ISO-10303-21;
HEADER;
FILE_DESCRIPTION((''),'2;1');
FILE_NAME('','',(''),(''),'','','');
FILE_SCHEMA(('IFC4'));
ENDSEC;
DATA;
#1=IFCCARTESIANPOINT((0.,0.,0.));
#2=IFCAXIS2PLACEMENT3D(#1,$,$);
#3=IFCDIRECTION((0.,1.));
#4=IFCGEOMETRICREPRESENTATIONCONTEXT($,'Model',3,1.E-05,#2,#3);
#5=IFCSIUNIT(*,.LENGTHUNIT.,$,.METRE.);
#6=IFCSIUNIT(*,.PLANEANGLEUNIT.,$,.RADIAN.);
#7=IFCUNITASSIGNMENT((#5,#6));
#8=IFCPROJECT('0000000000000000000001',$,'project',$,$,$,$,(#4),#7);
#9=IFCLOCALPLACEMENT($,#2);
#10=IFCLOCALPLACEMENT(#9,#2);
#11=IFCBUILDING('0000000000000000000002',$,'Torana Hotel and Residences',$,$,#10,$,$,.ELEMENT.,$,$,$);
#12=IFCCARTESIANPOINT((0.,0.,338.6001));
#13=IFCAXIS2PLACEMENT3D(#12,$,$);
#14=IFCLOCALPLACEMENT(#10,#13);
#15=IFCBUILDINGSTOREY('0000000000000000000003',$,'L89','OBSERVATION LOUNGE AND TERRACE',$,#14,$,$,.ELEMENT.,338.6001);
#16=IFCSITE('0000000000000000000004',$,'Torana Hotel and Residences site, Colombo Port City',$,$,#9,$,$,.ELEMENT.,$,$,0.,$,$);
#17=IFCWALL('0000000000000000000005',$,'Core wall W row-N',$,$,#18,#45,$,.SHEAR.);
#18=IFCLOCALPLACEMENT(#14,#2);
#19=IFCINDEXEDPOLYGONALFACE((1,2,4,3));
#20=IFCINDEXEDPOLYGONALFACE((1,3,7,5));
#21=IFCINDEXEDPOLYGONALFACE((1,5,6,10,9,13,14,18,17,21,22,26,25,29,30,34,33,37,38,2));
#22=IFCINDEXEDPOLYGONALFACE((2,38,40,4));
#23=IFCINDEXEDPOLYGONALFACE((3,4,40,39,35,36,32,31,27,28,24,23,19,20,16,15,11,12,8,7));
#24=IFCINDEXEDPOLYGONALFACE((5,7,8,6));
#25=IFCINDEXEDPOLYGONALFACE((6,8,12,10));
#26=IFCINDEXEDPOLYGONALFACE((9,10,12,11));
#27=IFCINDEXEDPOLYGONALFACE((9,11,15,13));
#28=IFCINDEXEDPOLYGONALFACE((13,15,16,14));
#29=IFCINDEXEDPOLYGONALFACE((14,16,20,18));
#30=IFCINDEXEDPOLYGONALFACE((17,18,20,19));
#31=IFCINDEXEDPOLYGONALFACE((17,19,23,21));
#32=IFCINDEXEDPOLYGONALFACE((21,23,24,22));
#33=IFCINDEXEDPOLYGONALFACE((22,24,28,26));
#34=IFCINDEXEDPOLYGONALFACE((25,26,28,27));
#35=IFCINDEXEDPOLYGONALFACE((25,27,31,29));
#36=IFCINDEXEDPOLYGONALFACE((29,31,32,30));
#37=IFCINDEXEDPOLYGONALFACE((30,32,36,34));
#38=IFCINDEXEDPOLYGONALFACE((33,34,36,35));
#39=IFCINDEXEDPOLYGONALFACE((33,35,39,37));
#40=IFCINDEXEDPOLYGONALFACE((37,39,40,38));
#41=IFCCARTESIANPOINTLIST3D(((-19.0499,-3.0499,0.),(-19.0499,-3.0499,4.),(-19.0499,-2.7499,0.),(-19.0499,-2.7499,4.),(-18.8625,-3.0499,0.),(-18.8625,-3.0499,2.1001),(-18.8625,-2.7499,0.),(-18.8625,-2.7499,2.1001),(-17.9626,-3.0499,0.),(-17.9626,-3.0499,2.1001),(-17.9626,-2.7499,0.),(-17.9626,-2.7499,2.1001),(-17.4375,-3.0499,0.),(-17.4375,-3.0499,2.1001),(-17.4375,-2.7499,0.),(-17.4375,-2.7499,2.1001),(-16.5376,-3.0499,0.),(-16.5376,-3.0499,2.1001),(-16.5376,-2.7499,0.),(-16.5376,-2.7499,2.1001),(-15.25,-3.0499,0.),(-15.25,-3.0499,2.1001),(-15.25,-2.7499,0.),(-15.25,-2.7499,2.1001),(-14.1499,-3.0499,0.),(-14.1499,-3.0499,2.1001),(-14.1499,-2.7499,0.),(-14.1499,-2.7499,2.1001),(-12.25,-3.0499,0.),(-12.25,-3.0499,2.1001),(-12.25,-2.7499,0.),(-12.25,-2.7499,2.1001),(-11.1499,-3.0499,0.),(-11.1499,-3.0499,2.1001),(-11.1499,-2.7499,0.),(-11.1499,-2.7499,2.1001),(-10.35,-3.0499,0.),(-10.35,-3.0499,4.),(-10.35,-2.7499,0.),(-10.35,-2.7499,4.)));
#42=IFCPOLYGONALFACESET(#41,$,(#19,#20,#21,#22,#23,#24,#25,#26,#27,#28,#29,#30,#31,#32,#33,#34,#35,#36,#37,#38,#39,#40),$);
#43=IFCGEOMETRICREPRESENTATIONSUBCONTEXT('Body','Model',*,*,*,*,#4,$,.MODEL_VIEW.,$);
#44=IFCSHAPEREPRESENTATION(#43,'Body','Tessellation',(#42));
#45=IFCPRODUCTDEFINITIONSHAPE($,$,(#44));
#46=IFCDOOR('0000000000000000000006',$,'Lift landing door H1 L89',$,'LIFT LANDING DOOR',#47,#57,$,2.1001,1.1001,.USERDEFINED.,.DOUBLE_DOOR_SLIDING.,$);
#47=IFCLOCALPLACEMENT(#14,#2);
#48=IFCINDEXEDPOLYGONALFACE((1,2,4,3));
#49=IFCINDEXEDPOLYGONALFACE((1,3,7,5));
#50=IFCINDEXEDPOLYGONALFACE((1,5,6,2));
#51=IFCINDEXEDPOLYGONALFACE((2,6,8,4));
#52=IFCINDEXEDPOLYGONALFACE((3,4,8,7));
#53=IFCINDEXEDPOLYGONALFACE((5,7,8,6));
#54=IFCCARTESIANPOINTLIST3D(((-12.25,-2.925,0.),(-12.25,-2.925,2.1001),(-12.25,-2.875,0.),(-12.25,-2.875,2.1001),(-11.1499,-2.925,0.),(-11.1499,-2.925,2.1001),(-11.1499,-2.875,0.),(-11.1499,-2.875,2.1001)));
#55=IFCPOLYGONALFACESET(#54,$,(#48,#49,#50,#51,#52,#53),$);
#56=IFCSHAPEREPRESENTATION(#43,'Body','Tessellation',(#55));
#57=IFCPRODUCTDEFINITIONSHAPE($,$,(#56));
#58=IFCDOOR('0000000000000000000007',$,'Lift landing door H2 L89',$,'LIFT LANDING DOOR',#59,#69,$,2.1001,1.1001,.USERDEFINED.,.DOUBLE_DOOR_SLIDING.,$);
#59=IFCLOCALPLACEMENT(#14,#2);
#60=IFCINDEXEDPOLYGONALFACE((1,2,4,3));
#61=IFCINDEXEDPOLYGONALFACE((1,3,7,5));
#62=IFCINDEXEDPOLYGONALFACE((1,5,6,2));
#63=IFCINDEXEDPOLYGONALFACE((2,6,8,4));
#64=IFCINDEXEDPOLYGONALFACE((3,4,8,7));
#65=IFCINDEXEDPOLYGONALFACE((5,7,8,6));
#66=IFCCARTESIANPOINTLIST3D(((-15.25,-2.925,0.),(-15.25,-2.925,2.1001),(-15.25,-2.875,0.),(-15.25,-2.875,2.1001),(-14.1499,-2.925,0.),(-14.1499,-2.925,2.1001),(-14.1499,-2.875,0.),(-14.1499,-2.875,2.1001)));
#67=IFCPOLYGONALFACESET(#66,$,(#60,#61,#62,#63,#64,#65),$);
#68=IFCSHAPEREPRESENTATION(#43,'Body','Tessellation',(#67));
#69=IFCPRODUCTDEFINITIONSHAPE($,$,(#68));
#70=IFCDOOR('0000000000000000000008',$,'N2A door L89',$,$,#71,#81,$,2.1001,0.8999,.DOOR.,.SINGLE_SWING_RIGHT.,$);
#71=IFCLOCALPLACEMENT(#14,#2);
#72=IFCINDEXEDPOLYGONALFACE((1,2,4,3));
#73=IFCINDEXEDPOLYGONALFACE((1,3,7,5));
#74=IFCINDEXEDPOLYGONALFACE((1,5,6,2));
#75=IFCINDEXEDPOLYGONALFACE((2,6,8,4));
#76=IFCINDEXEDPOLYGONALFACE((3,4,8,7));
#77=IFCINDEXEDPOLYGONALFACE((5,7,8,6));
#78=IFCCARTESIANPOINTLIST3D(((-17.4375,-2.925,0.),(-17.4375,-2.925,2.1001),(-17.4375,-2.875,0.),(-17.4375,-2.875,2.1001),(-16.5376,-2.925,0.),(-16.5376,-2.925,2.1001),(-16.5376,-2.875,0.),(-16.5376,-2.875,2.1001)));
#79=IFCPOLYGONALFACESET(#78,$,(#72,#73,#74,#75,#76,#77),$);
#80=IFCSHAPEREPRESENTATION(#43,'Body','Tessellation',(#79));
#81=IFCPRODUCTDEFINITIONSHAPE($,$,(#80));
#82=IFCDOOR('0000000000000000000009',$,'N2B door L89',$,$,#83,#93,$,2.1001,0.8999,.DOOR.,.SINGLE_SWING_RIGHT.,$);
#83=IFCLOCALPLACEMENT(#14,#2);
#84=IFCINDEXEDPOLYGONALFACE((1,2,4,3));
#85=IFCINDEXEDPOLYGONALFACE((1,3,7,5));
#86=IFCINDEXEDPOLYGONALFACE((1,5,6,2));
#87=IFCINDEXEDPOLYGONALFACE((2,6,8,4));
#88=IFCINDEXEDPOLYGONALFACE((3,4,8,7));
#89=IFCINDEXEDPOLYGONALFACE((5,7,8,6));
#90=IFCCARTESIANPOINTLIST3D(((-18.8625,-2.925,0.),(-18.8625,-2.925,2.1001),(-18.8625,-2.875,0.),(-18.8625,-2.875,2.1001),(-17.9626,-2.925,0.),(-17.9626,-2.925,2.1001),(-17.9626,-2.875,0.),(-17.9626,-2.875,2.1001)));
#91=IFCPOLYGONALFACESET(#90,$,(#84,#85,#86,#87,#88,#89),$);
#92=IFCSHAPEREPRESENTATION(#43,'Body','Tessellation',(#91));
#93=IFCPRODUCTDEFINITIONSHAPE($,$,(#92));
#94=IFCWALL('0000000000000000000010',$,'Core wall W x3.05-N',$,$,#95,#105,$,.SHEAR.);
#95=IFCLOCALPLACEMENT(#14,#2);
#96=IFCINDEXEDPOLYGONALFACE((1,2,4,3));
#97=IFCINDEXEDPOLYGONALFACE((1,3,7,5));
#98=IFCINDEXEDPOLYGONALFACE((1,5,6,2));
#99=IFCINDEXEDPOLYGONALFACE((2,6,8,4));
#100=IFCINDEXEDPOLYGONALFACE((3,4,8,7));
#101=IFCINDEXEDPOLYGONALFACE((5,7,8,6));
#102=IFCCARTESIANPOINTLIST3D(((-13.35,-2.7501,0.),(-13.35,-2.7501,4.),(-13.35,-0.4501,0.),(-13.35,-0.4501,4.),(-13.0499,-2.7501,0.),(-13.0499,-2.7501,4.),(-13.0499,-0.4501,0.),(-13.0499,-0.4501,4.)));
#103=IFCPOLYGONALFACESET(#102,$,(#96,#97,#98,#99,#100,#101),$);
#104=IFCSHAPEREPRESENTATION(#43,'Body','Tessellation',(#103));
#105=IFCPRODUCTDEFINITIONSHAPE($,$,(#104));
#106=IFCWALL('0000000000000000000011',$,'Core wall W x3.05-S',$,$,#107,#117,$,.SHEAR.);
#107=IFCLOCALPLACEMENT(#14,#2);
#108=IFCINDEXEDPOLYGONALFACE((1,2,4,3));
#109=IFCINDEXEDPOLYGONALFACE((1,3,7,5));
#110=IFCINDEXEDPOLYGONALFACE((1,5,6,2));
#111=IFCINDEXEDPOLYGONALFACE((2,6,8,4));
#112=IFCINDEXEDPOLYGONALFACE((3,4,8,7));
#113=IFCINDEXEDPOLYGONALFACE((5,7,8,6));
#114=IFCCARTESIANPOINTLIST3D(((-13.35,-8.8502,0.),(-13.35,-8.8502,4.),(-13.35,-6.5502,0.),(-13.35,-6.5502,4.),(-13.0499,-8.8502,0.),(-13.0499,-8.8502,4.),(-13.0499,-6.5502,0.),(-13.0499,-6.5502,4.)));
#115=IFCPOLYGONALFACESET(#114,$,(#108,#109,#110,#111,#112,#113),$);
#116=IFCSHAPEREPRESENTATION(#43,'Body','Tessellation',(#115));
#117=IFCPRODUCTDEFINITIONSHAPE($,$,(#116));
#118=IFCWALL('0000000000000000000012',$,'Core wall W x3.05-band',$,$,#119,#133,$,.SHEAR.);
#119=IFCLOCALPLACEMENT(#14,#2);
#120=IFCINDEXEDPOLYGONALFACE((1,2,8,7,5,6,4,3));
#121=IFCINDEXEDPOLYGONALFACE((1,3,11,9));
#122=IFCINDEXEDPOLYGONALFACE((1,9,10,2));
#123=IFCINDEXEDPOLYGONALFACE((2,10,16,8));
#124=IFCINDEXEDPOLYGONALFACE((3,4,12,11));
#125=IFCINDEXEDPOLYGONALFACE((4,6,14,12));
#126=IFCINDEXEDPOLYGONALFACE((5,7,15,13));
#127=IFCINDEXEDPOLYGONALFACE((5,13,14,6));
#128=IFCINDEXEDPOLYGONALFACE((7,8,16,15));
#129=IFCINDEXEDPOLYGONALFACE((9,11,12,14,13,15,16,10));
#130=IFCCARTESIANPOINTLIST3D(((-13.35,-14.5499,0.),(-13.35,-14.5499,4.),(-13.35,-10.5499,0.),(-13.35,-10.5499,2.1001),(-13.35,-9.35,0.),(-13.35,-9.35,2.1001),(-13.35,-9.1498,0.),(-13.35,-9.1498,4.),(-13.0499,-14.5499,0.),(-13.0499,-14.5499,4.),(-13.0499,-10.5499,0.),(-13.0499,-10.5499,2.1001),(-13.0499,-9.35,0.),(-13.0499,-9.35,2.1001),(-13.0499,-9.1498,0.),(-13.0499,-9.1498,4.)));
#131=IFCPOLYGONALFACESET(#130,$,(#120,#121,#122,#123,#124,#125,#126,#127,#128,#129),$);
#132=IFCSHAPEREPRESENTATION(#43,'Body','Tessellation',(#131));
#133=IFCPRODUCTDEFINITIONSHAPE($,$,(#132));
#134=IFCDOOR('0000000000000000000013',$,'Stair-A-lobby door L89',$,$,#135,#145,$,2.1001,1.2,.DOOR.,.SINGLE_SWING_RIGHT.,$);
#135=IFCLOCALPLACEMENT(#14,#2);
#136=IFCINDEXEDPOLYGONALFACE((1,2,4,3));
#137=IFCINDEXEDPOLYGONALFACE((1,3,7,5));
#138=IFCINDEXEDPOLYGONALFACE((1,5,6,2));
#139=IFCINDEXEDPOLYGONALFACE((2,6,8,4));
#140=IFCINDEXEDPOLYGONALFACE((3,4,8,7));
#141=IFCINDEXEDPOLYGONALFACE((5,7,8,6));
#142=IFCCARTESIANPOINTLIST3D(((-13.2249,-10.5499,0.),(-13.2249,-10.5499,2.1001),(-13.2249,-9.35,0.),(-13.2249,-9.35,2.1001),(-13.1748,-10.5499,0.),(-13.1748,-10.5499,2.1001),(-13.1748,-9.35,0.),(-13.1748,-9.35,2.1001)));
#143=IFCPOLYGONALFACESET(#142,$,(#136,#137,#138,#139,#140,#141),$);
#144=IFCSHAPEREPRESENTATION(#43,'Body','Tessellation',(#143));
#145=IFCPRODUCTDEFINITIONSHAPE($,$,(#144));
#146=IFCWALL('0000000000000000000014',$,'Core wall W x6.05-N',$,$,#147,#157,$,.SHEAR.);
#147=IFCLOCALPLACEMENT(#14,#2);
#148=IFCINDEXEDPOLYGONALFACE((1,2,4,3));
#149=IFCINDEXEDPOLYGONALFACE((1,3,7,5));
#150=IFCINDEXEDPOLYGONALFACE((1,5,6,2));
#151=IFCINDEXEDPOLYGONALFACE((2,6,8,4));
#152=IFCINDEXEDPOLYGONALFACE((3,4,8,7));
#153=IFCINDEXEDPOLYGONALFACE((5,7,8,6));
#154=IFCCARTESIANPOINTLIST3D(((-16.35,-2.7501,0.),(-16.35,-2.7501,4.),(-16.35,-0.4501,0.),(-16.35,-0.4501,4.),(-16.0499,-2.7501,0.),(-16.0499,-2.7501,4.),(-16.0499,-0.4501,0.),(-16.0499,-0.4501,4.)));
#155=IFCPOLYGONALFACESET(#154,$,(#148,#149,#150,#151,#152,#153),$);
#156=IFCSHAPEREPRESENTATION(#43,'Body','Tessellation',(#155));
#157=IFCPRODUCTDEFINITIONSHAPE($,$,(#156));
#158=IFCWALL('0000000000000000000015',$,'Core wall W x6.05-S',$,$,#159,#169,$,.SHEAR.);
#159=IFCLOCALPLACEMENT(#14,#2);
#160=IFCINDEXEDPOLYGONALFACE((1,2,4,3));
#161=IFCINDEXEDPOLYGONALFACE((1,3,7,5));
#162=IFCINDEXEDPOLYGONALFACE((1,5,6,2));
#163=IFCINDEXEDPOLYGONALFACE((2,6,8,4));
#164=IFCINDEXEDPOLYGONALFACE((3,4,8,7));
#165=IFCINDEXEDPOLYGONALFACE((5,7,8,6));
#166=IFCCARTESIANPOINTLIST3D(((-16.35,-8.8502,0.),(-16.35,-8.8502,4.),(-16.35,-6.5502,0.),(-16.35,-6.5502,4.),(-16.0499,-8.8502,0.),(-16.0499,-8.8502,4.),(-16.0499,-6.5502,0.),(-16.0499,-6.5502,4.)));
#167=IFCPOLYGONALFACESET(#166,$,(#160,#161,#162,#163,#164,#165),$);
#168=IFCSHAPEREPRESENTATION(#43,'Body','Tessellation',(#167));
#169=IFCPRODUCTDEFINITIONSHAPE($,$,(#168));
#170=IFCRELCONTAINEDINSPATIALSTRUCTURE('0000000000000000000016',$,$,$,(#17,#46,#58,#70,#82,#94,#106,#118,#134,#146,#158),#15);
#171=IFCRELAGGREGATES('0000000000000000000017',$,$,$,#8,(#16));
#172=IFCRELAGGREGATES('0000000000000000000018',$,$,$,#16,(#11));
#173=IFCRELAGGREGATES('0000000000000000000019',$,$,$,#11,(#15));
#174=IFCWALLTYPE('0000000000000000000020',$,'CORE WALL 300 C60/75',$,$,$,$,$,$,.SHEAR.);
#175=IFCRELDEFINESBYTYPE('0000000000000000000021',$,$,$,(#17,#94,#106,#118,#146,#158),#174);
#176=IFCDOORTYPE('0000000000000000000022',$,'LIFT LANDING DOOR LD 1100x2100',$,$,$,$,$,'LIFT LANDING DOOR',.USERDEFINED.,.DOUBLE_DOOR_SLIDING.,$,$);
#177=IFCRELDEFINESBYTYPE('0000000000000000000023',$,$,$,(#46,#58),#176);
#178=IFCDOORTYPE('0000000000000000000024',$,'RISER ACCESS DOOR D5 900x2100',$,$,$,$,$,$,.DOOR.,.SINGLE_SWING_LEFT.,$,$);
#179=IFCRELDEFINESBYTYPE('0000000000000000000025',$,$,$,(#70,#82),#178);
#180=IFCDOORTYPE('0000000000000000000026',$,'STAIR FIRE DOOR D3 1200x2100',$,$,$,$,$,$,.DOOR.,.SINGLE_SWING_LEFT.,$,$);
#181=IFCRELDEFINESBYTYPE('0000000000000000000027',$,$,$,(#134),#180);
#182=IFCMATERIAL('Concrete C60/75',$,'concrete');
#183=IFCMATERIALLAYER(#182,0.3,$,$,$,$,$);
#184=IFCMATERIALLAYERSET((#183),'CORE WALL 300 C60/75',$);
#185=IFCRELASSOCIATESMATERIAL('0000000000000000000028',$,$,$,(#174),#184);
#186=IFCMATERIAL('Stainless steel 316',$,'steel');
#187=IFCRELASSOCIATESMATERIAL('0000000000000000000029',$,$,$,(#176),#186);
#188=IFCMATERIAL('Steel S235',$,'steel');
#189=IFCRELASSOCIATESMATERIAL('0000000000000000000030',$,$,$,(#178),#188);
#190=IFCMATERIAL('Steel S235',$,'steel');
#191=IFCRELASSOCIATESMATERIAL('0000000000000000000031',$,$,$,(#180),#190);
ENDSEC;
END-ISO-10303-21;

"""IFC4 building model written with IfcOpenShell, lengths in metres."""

from ifc_helpers import new_model, si_unit, direction, frame, frame_2d, origin, place, context, subcontext, project, spatial, rectangle, extrude, material, layer, layer_set, type_object, element, fill, save


model = new_model("IFC4")

# Units and contexts
model_context = context("Model", 3, precision=1e-05, world=origin(), true_north=direction((0.0, 1.0)))
body_context = subcontext(model_context, "Body", "Model", "MODEL_VIEW")
ifc_project = project(units=[si_unit("LENGTHUNIT", "METRE"), si_unit("PLANEANGLEUNIT", "RADIAN")], contexts=[model_context])

# Site, building, storey
site_placement = place(None, origin())
site = spatial("IfcSite", under=ifc_project, at=site_placement, Name="Torana Hotel and Residences site, Colombo Port City", CompositionType="ELEMENT", RefElevation=0.0)
building_placement = place(site_placement, origin())
building = spatial("IfcBuilding", under=site, at=building_placement, Name="Torana Hotel and Residences", CompositionType="ELEMENT")
storey_placement = place(building_placement, frame((0.0, 0.0, 338.6001)))
storey = spatial("IfcBuildingStorey", under=building, at=storey_placement, Name="L89", Description="OBSERVATION LOUNGE AND TERRACE", CompositionType="ELEMENT", Elevation=338.6001)

# Wall, openings, doors
ifc_material_1 = material(Name="Concrete C60/75", Category="concrete")
ifc_layer_1 = layer(ifc_material_1, 0.3)
ifc_layer_set_1 = layer_set([ifc_layer_1], Name="CORE WALL 300 C60/75")
wall_type_1 = type_object("IfcWallType", Name="CORE WALL 300 C60/75", PredefinedType="SHEAR", material=ifc_layer_set_1)
wall_1_placement = place(storey_placement, frame((-19.05, -2.8999, 0.0), z_axis=(0.0, 0.0, 1.0), x_axis=(1.0, 0.0, 0.0)))
wall_1 = element("IfcWall", 1, at=wall_1_placement, inside=storey, type_object=wall_type_1, Name="Core wall W row-N", PredefinedType="SHEAR", context=body_context, shape_type="SweptSolid", body=[
    extrude(rectangle(XDim=8.7, YDim=0.3, at=frame_2d((4.3501, 0.0))), origin(), (0.0, 0.0, 1.0), 4.0),
])
opening_1_placement = place(wall_1_placement, frame((6.8, 0.0, 0.0)))
opening_1 = element("IfcOpeningElement", 2, at=opening_1_placement, cuts=wall_1, PredefinedType="OPENING", context=body_context, shape_type="SweptSolid", body=[
    extrude(rectangle(XDim=1.1001, YDim=2.1001, at=frame_2d((0.55, 1.05))), frame((0.0, 0.1599, 0.0), z_axis=(0.0, -1.0, 0.0), x_axis=(1.0, 0.0, 0.0)), (0.0, 0.0, 1.0), 0.3201),
])
opening_2_placement = place(wall_1_placement, frame((3.8, 0.0, 0.0)))
opening_2 = element("IfcOpeningElement", 3, at=opening_2_placement, cuts=wall_1, PredefinedType="OPENING", context=body_context, shape_type="SweptSolid", body=[
    extrude(rectangle(XDim=1.1001, YDim=2.1001, at=frame_2d((0.55, 1.05))), frame((0.0, 0.1599, 0.0), z_axis=(0.0, -1.0, 0.0), x_axis=(1.0, 0.0, 0.0)), (0.0, 0.0, 1.0), 0.3201),
])
opening_3_placement = place(wall_1_placement, frame((1.6125, 0.0, 0.0)))
opening_3 = element("IfcOpeningElement", 4, at=opening_3_placement, cuts=wall_1, PredefinedType="OPENING", context=body_context, shape_type="SweptSolid", body=[
    extrude(rectangle(XDim=0.8999, YDim=2.1001, at=frame_2d((0.45, 1.05))), frame((0.0, 0.1599, 0.0), z_axis=(0.0, -1.0, 0.0), x_axis=(1.0, 0.0, 0.0)), (0.0, 0.0, 1.0), 0.3201),
])
opening_4_placement = place(wall_1_placement, frame((0.1875, 0.0, 0.0)))
opening_4 = element("IfcOpeningElement", 5, at=opening_4_placement, cuts=wall_1, PredefinedType="OPENING", context=body_context, shape_type="SweptSolid", body=[
    extrude(rectangle(XDim=0.8999, YDim=2.1001, at=frame_2d((0.45, 1.05))), frame((0.0, 0.1599, 0.0), z_axis=(0.0, -1.0, 0.0), x_axis=(1.0, 0.0, 0.0)), (0.0, 0.0, 1.0), 0.3201),
])
ifc_material_2 = material(Name="Stainless steel 316", Category="steel")
door_type_1 = type_object("IfcDoorType", Name="LIFT LANDING DOOR LD 1100x2100", ElementType="LIFT LANDING DOOR", OperationType="DOUBLE_DOOR_SLIDING", PredefinedType="USERDEFINED", material=ifc_material_2)
door_1_placement = place(opening_1_placement, origin())
door_1 = element("IfcDoor", 6, at=door_1_placement, inside=storey, type_object=door_type_1, Name="Lift landing door H1 L89", ObjectType="LIFT LANDING DOOR", OperationType="DOUBLE_DOOR_SLIDING", OverallHeight=2.1001, OverallWidth=1.1001, PredefinedType="USERDEFINED", context=body_context, shape_type="SweptSolid", body=[
    extrude(rectangle(XDim=1.1001, YDim=2.1001, at=frame_2d((0.55, 1.05))), frame((0.0, 0.0249, 0.0), z_axis=(0.0, -1.0, 0.0), x_axis=(1.0, 0.0, 0.0)), (0.0, 0.0, 1.0), 0.05),
])
fill(opening_1, door_1)
door_2_placement = place(opening_2_placement, origin())
door_2 = element("IfcDoor", 7, at=door_2_placement, inside=storey, type_object=door_type_1, Name="Lift landing door H2 L89", ObjectType="LIFT LANDING DOOR", OperationType="DOUBLE_DOOR_SLIDING", OverallHeight=2.1001, OverallWidth=1.1001, PredefinedType="USERDEFINED", context=body_context, shape_type="SweptSolid", body=[
    extrude(rectangle(XDim=1.1001, YDim=2.1001, at=frame_2d((0.55, 1.05))), frame((0.0, 0.0249, 0.0), z_axis=(0.0, -1.0, 0.0), x_axis=(1.0, 0.0, 0.0)), (0.0, 0.0, 1.0), 0.05),
])
fill(opening_2, door_2)
ifc_material_3 = material(Name="Steel S235", Category="steel")
door_type_2 = type_object("IfcDoorType", Name="RISER ACCESS DOOR D5 900x2100", OperationType="SINGLE_SWING_LEFT", PredefinedType="DOOR", material=ifc_material_3)
door_3_placement = place(opening_3_placement, origin())
door_3 = element("IfcDoor", 8, at=door_3_placement, inside=storey, type_object=door_type_2, Name="N2A door L89", OperationType="SINGLE_SWING_RIGHT", OverallHeight=2.1001, OverallWidth=0.8999, PredefinedType="DOOR", context=body_context, shape_type="SweptSolid", body=[
    extrude(rectangle(XDim=0.8999, YDim=2.1001, at=frame_2d((0.45, 1.05))), frame((0.0, 0.0249, 0.0), z_axis=(0.0, -1.0, 0.0), x_axis=(1.0, 0.0, 0.0)), (0.0, 0.0, 1.0), 0.05),
])
fill(opening_3, door_3)
door_4_placement = place(opening_4_placement, origin())
door_4 = element("IfcDoor", 9, at=door_4_placement, inside=storey, type_object=door_type_2, Name="N2B door L89", OperationType="SINGLE_SWING_RIGHT", OverallHeight=2.1001, OverallWidth=0.8999, PredefinedType="DOOR", context=body_context, shape_type="SweptSolid", body=[
    extrude(rectangle(XDim=0.8999, YDim=2.1001, at=frame_2d((0.45, 1.05))), frame((0.0, 0.0249, 0.0), z_axis=(0.0, -1.0, 0.0), x_axis=(1.0, 0.0, 0.0)), (0.0, 0.0, 1.0), 0.05),
])
fill(opening_4, door_4)

# Walls
for number, where, z_axis, x_axis, name in (
    (10, (-13.2, -2.75, 0.0), (0.0, 0.0, 1.0), (0.0, 1.0, 0.0), "Core wall W x3.05-N"),
    (11, (-13.2, -8.8501, 0.0), (0.0, 0.0, 1.0), (0.0, 1.0, 0.0), "Core wall W x3.05-S"),
):
    element("IfcWall", number, at=place(storey_placement, frame(where, z_axis=z_axis, x_axis=x_axis)), inside=storey, type_object=wall_type_1, Name=name, PredefinedType="SHEAR", context=body_context, shape_type="SweptSolid", body=[
        extrude(rectangle(XDim=2.3, YDim=0.3, at=frame_2d((1.1499, 0.0))), origin(), (0.0, 0.0, 1.0), 4.0),
    ])

# Wall, opening, door
wall_2_placement = place(storey_placement, frame((-13.2, -14.55, 0.0), z_axis=(0.0, 0.0, 1.0), x_axis=(0.0, 1.0, 0.0)))
wall_2 = element("IfcWall", 12, at=wall_2_placement, inside=storey, type_object=wall_type_1, Name="Core wall W x3.05-band", PredefinedType="SHEAR", context=body_context, shape_type="SweptSolid", body=[
    extrude(rectangle(XDim=5.4001, YDim=0.3, at=frame_2d((2.7002, 0.0))), origin(), (0.0, 0.0, 1.0), 4.0),
])
opening_5_placement = place(wall_2_placement, frame((4.0, 0.0, 0.0)))
opening_5 = element("IfcOpeningElement", 13, at=opening_5_placement, cuts=wall_2, PredefinedType="OPENING", context=body_context, shape_type="SweptSolid", body=[
    extrude(rectangle(XDim=1.2, YDim=2.1001, at=frame_2d((0.6001, 1.05))), frame((0.0, 0.1599, 0.0), z_axis=(0.0, -1.0, 0.0), x_axis=(1.0, 0.0, 0.0)), (0.0, 0.0, 1.0), 0.3201),
])
ifc_material_4 = material(Name="Steel S235", Category="steel")
door_type_3 = type_object("IfcDoorType", Name="STAIR FIRE DOOR D3 1200x2100", OperationType="SINGLE_SWING_LEFT", PredefinedType="DOOR", material=ifc_material_4)
door_5_placement = place(opening_5_placement, frame((0.6001, 0.0, 0.0), z_axis=(0.0, 0.0, 1.0), x_axis=(-1.0, 0.0, 0.0)))
door_5 = element("IfcDoor", 14, at=door_5_placement, inside=storey, type_object=door_type_3, Name="Stair-A-lobby door L89", OperationType="SINGLE_SWING_RIGHT", OverallHeight=2.1001, OverallWidth=1.2, PredefinedType="DOOR", context=body_context, shape_type="SweptSolid", body=[
    extrude(rectangle(XDim=1.2, YDim=2.1001, at=frame_2d((0.0, 1.05))), frame((0.0, -0.0249, 0.0), z_axis=(0.0, 1.0, 0.0), x_axis=(-1.0, 0.0, 0.0)), (0.0, 0.0, 1.0), 0.05),
])
fill(opening_5, door_5)

# Walls
for number, where, z_axis, x_axis, name in (
    (15, (-16.2, -2.75, 0.0), (0.0, 0.0, 1.0), (0.0, 1.0, 0.0), "Core wall W x6.05-N"),
    (16, (-16.2, -8.8501, 0.0), (0.0, 0.0, 1.0), (0.0, 1.0, 0.0), "Core wall W x6.05-S"),
):
    element("IfcWall", number, at=place(storey_placement, frame(where, z_axis=z_axis, x_axis=x_axis)), inside=storey, type_object=wall_type_1, Name=name, PredefinedType="SHEAR", context=body_context, shape_type="SweptSolid", body=[
        extrude(rectangle(XDim=2.3, YDim=0.3, at=frame_2d((1.1499, 0.0))), origin(), (0.0, 0.0, 1.0), 4.0),
    ])

save(model, "model.ifc")
